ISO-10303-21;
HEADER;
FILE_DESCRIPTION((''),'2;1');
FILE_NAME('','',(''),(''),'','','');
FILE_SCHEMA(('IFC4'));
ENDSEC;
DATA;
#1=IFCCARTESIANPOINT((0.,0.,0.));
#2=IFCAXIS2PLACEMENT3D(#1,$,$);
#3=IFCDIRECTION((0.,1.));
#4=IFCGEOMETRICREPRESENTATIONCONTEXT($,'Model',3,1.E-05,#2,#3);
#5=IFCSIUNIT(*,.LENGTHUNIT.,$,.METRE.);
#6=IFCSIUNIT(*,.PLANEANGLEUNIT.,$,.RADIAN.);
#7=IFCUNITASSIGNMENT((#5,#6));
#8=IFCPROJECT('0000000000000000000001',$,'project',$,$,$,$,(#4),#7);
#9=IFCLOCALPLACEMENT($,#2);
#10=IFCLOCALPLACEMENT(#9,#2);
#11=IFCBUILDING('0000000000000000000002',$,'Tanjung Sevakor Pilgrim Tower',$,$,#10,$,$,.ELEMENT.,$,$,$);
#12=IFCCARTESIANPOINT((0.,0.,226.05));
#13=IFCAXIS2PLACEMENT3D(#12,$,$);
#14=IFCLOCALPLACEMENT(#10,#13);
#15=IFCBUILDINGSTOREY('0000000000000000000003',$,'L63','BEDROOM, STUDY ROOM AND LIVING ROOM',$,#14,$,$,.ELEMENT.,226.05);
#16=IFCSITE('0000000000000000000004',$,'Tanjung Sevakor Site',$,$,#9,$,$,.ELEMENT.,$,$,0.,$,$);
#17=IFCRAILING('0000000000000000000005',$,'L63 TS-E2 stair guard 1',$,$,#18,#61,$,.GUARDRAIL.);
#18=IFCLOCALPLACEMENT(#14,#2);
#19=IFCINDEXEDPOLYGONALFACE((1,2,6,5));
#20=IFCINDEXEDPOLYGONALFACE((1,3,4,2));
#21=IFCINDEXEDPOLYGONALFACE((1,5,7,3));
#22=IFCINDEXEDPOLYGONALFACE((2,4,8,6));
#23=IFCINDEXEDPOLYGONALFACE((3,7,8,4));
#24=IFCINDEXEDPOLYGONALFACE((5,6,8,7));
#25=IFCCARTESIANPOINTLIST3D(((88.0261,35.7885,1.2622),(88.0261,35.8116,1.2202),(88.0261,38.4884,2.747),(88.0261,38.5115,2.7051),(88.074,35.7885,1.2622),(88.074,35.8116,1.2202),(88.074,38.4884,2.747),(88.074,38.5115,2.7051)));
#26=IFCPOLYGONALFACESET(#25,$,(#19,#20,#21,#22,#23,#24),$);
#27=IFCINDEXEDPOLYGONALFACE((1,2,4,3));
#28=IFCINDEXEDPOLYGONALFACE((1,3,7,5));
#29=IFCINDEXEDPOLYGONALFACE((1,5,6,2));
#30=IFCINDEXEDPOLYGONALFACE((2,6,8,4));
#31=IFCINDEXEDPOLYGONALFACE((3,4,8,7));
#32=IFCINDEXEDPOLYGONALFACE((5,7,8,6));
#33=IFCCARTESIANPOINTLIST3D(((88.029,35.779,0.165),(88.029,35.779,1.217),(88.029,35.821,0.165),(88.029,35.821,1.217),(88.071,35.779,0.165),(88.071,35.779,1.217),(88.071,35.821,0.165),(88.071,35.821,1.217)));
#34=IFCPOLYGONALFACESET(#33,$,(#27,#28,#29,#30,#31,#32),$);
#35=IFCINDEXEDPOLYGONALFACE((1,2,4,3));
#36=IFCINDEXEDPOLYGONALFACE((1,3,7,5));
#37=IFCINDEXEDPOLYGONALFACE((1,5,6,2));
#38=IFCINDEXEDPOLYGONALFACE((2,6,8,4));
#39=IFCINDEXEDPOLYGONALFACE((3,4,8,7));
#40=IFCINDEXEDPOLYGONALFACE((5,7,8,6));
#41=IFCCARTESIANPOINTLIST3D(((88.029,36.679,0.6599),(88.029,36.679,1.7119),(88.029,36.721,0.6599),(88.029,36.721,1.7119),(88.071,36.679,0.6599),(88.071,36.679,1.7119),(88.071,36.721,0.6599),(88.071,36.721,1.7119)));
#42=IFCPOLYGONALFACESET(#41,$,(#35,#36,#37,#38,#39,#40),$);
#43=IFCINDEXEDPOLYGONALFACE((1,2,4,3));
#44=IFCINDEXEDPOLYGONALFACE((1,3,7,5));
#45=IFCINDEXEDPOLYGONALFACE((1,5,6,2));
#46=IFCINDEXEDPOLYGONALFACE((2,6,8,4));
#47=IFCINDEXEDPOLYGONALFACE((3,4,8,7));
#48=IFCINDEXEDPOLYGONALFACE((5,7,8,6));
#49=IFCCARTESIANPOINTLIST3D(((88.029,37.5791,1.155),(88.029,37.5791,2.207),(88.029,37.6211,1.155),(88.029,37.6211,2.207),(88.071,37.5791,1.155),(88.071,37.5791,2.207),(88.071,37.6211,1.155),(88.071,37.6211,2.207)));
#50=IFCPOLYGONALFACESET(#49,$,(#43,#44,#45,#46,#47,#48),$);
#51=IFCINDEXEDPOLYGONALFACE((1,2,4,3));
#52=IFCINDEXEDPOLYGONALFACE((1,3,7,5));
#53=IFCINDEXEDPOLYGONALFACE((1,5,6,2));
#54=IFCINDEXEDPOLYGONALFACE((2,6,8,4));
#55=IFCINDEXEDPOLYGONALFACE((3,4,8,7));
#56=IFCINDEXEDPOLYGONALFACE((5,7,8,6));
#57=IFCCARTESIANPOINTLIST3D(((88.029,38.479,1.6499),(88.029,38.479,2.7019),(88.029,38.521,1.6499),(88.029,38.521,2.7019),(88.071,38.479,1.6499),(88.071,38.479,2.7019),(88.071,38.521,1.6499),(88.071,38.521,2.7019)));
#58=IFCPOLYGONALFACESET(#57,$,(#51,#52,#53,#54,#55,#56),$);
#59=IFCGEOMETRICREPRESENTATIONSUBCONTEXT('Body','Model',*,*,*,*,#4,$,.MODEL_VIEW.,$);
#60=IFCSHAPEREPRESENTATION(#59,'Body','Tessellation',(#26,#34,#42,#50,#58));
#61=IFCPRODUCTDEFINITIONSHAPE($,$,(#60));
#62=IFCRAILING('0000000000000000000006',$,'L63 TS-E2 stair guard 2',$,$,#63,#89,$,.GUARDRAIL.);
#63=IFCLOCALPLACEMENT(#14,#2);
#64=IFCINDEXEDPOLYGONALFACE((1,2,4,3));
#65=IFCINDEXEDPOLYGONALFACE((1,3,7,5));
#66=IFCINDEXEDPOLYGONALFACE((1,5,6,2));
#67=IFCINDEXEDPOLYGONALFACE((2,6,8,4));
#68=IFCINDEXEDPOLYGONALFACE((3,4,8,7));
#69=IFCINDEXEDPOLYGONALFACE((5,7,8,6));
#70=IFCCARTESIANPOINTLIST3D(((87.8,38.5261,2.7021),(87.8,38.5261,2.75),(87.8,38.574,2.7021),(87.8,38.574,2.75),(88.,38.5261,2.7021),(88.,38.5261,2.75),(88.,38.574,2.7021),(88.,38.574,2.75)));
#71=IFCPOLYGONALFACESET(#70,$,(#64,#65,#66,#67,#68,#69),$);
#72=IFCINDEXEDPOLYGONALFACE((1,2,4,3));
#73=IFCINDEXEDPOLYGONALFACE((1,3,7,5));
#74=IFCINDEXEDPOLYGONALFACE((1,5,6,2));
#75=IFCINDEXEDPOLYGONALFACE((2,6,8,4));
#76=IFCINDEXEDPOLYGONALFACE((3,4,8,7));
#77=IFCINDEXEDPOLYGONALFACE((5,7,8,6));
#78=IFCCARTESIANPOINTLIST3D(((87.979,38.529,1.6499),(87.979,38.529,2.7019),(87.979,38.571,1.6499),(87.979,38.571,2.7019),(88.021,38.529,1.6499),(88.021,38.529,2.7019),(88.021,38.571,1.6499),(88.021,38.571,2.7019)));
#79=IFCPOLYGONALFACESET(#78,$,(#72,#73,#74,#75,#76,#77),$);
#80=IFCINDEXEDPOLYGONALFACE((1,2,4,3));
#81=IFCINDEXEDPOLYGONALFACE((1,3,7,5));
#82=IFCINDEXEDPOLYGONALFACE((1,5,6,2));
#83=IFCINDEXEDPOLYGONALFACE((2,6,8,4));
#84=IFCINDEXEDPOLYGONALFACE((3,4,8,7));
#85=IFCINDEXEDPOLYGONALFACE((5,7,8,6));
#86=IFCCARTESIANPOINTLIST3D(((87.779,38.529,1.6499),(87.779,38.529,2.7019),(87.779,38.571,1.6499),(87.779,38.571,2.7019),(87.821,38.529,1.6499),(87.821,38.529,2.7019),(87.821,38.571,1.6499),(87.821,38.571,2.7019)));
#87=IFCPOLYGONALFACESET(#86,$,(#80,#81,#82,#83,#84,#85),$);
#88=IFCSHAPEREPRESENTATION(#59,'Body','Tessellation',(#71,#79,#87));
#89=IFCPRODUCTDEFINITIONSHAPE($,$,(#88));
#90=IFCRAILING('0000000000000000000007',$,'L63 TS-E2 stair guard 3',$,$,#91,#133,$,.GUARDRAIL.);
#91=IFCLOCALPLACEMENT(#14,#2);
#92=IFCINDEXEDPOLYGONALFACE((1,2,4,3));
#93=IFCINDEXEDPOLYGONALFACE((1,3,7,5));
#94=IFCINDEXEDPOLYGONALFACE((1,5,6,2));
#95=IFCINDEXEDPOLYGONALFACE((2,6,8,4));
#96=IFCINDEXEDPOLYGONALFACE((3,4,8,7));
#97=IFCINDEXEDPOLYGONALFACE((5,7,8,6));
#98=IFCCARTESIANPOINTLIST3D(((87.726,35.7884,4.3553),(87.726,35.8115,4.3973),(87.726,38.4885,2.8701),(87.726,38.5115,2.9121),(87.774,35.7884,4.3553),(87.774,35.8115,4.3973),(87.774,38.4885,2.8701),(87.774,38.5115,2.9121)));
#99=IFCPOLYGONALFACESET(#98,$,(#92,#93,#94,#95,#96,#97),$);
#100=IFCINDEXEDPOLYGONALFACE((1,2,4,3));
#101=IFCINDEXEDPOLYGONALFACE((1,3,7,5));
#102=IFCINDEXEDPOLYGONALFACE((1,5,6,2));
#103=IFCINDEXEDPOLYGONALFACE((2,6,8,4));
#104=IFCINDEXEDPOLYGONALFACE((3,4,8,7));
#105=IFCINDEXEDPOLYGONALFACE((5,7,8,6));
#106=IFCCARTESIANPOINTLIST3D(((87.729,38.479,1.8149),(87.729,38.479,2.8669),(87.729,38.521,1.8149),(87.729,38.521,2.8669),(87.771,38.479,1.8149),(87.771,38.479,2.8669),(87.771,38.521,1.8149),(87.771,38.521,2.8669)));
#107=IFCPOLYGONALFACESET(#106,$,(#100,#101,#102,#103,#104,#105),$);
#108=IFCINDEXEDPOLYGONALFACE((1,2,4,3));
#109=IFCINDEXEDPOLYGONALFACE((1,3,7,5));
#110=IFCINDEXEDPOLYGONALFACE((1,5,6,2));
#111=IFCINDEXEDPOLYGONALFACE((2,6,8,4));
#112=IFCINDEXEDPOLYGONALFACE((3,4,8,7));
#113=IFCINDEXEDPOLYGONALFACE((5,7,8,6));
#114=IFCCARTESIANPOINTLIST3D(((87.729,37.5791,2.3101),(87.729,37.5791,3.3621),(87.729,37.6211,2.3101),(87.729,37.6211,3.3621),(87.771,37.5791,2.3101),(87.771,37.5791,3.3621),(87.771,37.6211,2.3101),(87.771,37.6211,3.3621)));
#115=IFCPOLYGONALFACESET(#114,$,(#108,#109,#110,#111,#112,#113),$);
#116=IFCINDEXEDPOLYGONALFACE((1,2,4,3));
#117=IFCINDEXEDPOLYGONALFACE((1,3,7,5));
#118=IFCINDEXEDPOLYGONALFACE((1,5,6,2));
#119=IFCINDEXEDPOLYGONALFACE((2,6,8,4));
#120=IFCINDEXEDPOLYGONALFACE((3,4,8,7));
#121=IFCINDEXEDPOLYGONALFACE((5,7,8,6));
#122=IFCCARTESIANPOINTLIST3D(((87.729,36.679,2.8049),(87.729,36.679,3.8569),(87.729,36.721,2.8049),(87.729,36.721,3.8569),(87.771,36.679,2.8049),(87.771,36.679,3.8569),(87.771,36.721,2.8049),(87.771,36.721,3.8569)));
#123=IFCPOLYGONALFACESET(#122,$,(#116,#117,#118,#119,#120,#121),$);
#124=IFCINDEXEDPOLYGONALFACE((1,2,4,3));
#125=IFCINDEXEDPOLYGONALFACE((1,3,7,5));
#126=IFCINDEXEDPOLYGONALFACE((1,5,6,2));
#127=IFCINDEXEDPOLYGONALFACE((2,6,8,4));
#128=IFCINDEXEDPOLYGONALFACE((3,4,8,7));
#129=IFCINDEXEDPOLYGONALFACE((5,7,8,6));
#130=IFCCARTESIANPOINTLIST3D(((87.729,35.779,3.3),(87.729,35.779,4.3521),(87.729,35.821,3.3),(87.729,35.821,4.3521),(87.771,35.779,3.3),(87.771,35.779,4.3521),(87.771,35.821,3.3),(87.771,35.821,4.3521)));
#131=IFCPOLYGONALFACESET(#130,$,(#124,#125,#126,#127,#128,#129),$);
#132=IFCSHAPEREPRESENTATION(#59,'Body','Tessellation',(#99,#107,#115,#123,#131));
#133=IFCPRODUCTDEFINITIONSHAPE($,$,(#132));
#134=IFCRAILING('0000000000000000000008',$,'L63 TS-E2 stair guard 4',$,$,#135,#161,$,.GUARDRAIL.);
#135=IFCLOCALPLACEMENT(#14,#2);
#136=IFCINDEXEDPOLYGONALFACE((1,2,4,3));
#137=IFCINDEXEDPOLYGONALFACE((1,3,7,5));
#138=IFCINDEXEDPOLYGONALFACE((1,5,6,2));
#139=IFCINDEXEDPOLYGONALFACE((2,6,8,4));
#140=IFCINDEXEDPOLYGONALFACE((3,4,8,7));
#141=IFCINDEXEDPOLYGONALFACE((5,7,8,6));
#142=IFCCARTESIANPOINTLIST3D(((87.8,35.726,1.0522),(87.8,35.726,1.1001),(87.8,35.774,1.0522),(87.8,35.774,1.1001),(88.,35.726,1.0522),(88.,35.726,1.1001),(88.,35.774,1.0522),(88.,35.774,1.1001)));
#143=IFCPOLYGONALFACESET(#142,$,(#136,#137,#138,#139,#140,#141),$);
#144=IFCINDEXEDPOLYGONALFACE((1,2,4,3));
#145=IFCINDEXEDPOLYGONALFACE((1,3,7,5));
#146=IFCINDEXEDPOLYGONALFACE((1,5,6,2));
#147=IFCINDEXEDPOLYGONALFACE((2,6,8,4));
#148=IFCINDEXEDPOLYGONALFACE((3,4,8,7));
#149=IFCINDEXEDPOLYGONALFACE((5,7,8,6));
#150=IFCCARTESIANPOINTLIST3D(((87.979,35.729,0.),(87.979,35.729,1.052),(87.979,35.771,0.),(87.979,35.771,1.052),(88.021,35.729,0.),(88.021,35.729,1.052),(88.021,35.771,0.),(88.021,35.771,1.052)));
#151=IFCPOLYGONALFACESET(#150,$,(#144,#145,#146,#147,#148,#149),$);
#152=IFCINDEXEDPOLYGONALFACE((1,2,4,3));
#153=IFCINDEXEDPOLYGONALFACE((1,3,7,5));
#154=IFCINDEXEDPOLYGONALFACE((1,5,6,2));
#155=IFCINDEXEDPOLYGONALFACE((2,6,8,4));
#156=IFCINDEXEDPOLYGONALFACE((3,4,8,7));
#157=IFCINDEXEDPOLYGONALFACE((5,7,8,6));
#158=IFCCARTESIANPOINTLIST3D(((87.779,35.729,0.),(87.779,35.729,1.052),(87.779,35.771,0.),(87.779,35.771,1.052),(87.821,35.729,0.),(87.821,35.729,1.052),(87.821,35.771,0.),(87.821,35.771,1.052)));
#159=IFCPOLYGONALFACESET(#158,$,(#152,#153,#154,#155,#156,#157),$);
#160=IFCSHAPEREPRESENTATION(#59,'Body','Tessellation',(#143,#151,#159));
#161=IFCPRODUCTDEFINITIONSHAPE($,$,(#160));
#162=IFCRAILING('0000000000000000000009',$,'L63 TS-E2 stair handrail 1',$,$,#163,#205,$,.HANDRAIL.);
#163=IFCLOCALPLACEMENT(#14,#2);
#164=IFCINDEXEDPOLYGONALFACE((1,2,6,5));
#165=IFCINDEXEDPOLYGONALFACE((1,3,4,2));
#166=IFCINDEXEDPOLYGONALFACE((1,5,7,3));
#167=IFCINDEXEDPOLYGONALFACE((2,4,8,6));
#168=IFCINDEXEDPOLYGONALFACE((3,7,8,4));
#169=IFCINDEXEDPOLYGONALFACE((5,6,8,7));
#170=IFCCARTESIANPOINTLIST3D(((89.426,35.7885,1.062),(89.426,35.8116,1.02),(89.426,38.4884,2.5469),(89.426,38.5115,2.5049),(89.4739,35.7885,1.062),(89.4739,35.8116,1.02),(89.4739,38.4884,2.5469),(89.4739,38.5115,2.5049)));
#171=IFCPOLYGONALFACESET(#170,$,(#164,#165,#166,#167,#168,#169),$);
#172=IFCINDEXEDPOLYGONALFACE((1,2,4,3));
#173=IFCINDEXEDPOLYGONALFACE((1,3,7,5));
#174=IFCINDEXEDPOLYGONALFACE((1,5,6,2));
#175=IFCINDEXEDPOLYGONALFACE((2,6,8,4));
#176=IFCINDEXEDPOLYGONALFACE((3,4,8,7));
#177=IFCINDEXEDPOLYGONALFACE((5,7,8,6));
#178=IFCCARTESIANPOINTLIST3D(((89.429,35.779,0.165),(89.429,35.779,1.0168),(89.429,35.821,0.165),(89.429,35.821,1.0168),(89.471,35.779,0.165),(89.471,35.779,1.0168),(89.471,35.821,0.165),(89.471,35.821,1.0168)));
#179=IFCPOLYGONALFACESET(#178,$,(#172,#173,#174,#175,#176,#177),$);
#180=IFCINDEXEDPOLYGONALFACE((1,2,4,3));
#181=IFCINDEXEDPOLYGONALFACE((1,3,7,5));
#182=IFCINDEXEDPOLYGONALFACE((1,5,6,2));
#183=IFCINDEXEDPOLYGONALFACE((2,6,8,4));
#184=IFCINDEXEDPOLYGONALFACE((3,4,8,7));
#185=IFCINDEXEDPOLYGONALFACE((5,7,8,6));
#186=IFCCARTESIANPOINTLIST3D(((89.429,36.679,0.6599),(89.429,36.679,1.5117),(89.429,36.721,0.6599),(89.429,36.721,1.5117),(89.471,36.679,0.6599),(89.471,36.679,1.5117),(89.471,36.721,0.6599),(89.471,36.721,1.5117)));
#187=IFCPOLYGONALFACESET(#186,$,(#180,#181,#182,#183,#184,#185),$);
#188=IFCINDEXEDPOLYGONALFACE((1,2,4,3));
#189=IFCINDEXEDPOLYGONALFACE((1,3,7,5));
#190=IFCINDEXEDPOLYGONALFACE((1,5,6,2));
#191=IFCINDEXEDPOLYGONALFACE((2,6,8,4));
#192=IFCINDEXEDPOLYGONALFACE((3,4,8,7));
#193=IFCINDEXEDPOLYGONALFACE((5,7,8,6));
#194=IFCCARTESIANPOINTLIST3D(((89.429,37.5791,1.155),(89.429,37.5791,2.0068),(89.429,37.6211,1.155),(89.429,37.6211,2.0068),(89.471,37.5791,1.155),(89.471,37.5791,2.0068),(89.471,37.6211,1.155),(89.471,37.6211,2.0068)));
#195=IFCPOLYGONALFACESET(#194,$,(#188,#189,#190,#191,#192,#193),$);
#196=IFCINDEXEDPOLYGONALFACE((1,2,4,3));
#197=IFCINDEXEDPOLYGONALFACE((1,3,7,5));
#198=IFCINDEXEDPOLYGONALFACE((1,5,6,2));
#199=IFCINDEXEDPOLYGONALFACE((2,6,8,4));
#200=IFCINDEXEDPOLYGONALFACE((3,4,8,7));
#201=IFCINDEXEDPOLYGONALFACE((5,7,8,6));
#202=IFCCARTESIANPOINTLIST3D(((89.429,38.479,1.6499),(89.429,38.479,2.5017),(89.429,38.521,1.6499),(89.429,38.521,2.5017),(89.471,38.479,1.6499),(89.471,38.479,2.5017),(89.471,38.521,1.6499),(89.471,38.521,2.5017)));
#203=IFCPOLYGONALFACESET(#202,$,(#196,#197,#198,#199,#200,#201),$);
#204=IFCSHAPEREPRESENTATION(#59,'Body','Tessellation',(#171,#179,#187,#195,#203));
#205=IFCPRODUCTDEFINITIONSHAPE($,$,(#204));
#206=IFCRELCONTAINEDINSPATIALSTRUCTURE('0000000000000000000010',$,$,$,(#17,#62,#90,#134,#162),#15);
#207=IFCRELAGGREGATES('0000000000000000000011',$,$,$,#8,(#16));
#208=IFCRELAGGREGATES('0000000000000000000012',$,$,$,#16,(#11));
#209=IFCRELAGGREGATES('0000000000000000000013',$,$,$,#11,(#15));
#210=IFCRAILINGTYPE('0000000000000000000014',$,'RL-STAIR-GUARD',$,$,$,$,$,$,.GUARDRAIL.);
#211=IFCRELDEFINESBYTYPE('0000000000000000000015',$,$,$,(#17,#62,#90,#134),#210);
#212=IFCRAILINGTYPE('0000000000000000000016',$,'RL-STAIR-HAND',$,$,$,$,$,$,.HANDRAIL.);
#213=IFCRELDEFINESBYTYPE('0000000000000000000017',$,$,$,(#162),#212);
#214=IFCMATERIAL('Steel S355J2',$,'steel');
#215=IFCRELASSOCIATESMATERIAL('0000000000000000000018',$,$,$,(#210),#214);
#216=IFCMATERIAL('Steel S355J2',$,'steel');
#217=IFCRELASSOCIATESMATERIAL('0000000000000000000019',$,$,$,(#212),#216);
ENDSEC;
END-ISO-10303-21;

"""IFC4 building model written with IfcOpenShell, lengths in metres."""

from ifc_helpers import new_model, si_unit, direction, frame, origin, place, context, subcontext, project, spatial, rectangle, extrude, material, type_object, element, save


model = new_model("IFC4")

# Units and contexts
model_context = context("Model", 3, precision=1e-05, world=origin(), true_north=direction((0.0, 1.0)))
body_context = subcontext(model_context, "Body", "Model", "MODEL_VIEW")
ifc_project = project(units=[si_unit("LENGTHUNIT", "METRE"), si_unit("PLANEANGLEUNIT", "RADIAN")], contexts=[model_context])

# Site, building, storey
site_placement = place(None, origin())
site = spatial("IfcSite", under=ifc_project, at=site_placement, Name="Tanjung Sevakor Site", CompositionType="ELEMENT", RefElevation=0.0)
building_placement = place(site_placement, origin())
building = spatial("IfcBuilding", under=site, at=building_placement, Name="Tanjung Sevakor Pilgrim Tower", CompositionType="ELEMENT")
storey_placement = place(building_placement, frame((0.0, 0.0, 226.05)))
storey = spatial("IfcBuildingStorey", under=building, at=storey_placement, Name="L63", Description="BEDROOM, STUDY ROOM AND LIVING ROOM", CompositionType="ELEMENT", Elevation=226.05)

# Railings
ifc_material_1 = material(Name="Steel S355J2", Category="steel")
railing_type_1 = type_object("IfcRailingType", Name="RL-STAIR-GUARD", PredefinedType="GUARDRAIL", material=ifc_material_1)
railing_1_placement = place(storey_placement, frame((88.05, 35.8, 0.165)))
element("IfcRailing", 1, at=railing_1_placement, inside=storey, type_object=railing_type_1, Name="L63 TS-E2 stair guard 1", PredefinedType="GUARDRAIL", context=body_context, shape_type="SweptSolid", body=[
    extrude(rectangle(XDim=0.0479, YDim=0.0479), frame((0.0, 0.0, 1.0762), z_axis=(0.0, 0.876231, 0.481891), x_axis=(-1.0, 0.0, 0.0)), (0.0, 0.0, 1.0), 3.0813),
    extrude(rectangle(XDim=0.042, YDim=0.042), origin(), (0.0, 0.0, 1.0), 1.052),
    extrude(rectangle(XDim=0.042, YDim=0.042), frame((0.0, 0.8999, 0.4949)), (0.0, 0.0, 1.0), 1.052),
    extrude(rectangle(XDim=0.042, YDim=0.042), frame((0.0, 1.8, 0.99)), (0.0, 0.0, 1.0), 1.052),
    extrude(rectangle(XDim=0.042, YDim=0.042), frame((0.0, 2.7, 1.4849)), (0.0, 0.0, 1.0), 1.052),
])
railing_2_placement = place(storey_placement, frame((88.0, 38.55, 1.6499)))
element("IfcRailing", 2, at=railing_2_placement, inside=storey, type_object=railing_type_1, Name="L63 TS-E2 stair guard 2", PredefinedType="GUARDRAIL", context=body_context, shape_type="SweptSolid", body=[
    extrude(rectangle(XDim=0.0479, YDim=0.0479), frame((0.0, 0.0, 1.0762), z_axis=(-1.0, 0.0, 0.0), x_axis=(0.0, -1.0, 0.0)), (0.0, 0.0, 1.0), 0.2),
    extrude(rectangle(XDim=0.042, YDim=0.042), origin(), (0.0, 0.0, 1.0), 1.052),
    extrude(rectangle(XDim=0.042, YDim=0.042), frame((-0.2, 0.0, 0.0)), (0.0, 0.0, 1.0), 1.052),
])
railing_3_placement = place(storey_placement, frame((87.75, 38.5, 1.8149)))
element("IfcRailing", 3, at=railing_3_placement, inside=storey, type_object=railing_type_1, Name="L63 TS-E2 stair guard 3", PredefinedType="GUARDRAIL", context=body_context, shape_type="SweptSolid", body=[
    extrude(rectangle(XDim=0.0479, YDim=0.0479), frame((0.0, 0.0, 1.0762), z_axis=(0.0, -0.876198, 0.481952), x_axis=(1.0, 0.0, 0.0)), (0.0, 0.0, 1.0), 3.0815),
    extrude(rectangle(XDim=0.042, YDim=0.042), origin(), (0.0, 0.0, 1.0), 1.052),
    extrude(rectangle(XDim=0.042, YDim=0.042), frame((0.0, -0.8999, 0.4951)), (0.0, 0.0, 1.0), 1.052),
    extrude(rectangle(XDim=0.042, YDim=0.042), frame((0.0, -1.8, 0.99)), (0.0, 0.0, 1.0), 1.052),
    extrude(rectangle(XDim=0.042, YDim=0.042), frame((0.0, -2.7, 1.4851)), (0.0, 0.0, 1.0), 1.052),
])
railing_4_placement = place(storey_placement, frame((88.0, 35.75, 0.0)))
element("IfcRailing", 4, at=railing_4_placement, inside=storey, type_object=railing_type_1, Name="L63 TS-E2 stair guard 4", PredefinedType="GUARDRAIL", context=body_context, shape_type="SweptSolid", body=[
    extrude(rectangle(XDim=0.0479, YDim=0.0479), frame((0.0, 0.0, 1.0762), z_axis=(-1.0, 0.0, 0.0), x_axis=(0.0, -1.0, 0.0)), (0.0, 0.0, 1.0), 0.2),
    extrude(rectangle(XDim=0.042, YDim=0.042), origin(), (0.0, 0.0, 1.0), 1.052),
    extrude(rectangle(XDim=0.042, YDim=0.042), frame((-0.2, 0.0, 0.0)), (0.0, 0.0, 1.0), 1.052),
])
ifc_material_2 = material(Name="Steel S355J2", Category="steel")
railing_type_2 = type_object("IfcRailingType", Name="RL-STAIR-HAND", PredefinedType="HANDRAIL", material=ifc_material_2)
railing_5_placement = place(storey_placement, frame((89.45, 35.8, 0.165)))
element("IfcRailing", 5, at=railing_5_placement, inside=storey, type_object=railing_type_2, Name="L63 TS-E2 stair handrail 1", PredefinedType="HANDRAIL", context=body_context, shape_type="SweptSolid", body=[
    extrude(rectangle(XDim=0.0479, YDim=0.0479), frame((0.0, 0.0, 0.876), z_axis=(0.0, 0.876231, 0.481891), x_axis=(-1.0, 0.0, 0.0)), (0.0, 0.0, 1.0), 3.0813),
    extrude(rectangle(XDim=0.042, YDim=0.042), origin(), (0.0, 0.0, 1.0), 0.8518),
    extrude(rectangle(XDim=0.042, YDim=0.042), frame((0.0, 0.8999, 0.4949)), (0.0, 0.0, 1.0), 0.8518),
    extrude(rectangle(XDim=0.042, YDim=0.042), frame((0.0, 1.8, 0.99)), (0.0, 0.0, 1.0), 0.8518),
    extrude(rectangle(XDim=0.042, YDim=0.042), frame((0.0, 2.7, 1.4849)), (0.0, 0.0, 1.0), 0.8518),
])

save(model, "model.ifc")
